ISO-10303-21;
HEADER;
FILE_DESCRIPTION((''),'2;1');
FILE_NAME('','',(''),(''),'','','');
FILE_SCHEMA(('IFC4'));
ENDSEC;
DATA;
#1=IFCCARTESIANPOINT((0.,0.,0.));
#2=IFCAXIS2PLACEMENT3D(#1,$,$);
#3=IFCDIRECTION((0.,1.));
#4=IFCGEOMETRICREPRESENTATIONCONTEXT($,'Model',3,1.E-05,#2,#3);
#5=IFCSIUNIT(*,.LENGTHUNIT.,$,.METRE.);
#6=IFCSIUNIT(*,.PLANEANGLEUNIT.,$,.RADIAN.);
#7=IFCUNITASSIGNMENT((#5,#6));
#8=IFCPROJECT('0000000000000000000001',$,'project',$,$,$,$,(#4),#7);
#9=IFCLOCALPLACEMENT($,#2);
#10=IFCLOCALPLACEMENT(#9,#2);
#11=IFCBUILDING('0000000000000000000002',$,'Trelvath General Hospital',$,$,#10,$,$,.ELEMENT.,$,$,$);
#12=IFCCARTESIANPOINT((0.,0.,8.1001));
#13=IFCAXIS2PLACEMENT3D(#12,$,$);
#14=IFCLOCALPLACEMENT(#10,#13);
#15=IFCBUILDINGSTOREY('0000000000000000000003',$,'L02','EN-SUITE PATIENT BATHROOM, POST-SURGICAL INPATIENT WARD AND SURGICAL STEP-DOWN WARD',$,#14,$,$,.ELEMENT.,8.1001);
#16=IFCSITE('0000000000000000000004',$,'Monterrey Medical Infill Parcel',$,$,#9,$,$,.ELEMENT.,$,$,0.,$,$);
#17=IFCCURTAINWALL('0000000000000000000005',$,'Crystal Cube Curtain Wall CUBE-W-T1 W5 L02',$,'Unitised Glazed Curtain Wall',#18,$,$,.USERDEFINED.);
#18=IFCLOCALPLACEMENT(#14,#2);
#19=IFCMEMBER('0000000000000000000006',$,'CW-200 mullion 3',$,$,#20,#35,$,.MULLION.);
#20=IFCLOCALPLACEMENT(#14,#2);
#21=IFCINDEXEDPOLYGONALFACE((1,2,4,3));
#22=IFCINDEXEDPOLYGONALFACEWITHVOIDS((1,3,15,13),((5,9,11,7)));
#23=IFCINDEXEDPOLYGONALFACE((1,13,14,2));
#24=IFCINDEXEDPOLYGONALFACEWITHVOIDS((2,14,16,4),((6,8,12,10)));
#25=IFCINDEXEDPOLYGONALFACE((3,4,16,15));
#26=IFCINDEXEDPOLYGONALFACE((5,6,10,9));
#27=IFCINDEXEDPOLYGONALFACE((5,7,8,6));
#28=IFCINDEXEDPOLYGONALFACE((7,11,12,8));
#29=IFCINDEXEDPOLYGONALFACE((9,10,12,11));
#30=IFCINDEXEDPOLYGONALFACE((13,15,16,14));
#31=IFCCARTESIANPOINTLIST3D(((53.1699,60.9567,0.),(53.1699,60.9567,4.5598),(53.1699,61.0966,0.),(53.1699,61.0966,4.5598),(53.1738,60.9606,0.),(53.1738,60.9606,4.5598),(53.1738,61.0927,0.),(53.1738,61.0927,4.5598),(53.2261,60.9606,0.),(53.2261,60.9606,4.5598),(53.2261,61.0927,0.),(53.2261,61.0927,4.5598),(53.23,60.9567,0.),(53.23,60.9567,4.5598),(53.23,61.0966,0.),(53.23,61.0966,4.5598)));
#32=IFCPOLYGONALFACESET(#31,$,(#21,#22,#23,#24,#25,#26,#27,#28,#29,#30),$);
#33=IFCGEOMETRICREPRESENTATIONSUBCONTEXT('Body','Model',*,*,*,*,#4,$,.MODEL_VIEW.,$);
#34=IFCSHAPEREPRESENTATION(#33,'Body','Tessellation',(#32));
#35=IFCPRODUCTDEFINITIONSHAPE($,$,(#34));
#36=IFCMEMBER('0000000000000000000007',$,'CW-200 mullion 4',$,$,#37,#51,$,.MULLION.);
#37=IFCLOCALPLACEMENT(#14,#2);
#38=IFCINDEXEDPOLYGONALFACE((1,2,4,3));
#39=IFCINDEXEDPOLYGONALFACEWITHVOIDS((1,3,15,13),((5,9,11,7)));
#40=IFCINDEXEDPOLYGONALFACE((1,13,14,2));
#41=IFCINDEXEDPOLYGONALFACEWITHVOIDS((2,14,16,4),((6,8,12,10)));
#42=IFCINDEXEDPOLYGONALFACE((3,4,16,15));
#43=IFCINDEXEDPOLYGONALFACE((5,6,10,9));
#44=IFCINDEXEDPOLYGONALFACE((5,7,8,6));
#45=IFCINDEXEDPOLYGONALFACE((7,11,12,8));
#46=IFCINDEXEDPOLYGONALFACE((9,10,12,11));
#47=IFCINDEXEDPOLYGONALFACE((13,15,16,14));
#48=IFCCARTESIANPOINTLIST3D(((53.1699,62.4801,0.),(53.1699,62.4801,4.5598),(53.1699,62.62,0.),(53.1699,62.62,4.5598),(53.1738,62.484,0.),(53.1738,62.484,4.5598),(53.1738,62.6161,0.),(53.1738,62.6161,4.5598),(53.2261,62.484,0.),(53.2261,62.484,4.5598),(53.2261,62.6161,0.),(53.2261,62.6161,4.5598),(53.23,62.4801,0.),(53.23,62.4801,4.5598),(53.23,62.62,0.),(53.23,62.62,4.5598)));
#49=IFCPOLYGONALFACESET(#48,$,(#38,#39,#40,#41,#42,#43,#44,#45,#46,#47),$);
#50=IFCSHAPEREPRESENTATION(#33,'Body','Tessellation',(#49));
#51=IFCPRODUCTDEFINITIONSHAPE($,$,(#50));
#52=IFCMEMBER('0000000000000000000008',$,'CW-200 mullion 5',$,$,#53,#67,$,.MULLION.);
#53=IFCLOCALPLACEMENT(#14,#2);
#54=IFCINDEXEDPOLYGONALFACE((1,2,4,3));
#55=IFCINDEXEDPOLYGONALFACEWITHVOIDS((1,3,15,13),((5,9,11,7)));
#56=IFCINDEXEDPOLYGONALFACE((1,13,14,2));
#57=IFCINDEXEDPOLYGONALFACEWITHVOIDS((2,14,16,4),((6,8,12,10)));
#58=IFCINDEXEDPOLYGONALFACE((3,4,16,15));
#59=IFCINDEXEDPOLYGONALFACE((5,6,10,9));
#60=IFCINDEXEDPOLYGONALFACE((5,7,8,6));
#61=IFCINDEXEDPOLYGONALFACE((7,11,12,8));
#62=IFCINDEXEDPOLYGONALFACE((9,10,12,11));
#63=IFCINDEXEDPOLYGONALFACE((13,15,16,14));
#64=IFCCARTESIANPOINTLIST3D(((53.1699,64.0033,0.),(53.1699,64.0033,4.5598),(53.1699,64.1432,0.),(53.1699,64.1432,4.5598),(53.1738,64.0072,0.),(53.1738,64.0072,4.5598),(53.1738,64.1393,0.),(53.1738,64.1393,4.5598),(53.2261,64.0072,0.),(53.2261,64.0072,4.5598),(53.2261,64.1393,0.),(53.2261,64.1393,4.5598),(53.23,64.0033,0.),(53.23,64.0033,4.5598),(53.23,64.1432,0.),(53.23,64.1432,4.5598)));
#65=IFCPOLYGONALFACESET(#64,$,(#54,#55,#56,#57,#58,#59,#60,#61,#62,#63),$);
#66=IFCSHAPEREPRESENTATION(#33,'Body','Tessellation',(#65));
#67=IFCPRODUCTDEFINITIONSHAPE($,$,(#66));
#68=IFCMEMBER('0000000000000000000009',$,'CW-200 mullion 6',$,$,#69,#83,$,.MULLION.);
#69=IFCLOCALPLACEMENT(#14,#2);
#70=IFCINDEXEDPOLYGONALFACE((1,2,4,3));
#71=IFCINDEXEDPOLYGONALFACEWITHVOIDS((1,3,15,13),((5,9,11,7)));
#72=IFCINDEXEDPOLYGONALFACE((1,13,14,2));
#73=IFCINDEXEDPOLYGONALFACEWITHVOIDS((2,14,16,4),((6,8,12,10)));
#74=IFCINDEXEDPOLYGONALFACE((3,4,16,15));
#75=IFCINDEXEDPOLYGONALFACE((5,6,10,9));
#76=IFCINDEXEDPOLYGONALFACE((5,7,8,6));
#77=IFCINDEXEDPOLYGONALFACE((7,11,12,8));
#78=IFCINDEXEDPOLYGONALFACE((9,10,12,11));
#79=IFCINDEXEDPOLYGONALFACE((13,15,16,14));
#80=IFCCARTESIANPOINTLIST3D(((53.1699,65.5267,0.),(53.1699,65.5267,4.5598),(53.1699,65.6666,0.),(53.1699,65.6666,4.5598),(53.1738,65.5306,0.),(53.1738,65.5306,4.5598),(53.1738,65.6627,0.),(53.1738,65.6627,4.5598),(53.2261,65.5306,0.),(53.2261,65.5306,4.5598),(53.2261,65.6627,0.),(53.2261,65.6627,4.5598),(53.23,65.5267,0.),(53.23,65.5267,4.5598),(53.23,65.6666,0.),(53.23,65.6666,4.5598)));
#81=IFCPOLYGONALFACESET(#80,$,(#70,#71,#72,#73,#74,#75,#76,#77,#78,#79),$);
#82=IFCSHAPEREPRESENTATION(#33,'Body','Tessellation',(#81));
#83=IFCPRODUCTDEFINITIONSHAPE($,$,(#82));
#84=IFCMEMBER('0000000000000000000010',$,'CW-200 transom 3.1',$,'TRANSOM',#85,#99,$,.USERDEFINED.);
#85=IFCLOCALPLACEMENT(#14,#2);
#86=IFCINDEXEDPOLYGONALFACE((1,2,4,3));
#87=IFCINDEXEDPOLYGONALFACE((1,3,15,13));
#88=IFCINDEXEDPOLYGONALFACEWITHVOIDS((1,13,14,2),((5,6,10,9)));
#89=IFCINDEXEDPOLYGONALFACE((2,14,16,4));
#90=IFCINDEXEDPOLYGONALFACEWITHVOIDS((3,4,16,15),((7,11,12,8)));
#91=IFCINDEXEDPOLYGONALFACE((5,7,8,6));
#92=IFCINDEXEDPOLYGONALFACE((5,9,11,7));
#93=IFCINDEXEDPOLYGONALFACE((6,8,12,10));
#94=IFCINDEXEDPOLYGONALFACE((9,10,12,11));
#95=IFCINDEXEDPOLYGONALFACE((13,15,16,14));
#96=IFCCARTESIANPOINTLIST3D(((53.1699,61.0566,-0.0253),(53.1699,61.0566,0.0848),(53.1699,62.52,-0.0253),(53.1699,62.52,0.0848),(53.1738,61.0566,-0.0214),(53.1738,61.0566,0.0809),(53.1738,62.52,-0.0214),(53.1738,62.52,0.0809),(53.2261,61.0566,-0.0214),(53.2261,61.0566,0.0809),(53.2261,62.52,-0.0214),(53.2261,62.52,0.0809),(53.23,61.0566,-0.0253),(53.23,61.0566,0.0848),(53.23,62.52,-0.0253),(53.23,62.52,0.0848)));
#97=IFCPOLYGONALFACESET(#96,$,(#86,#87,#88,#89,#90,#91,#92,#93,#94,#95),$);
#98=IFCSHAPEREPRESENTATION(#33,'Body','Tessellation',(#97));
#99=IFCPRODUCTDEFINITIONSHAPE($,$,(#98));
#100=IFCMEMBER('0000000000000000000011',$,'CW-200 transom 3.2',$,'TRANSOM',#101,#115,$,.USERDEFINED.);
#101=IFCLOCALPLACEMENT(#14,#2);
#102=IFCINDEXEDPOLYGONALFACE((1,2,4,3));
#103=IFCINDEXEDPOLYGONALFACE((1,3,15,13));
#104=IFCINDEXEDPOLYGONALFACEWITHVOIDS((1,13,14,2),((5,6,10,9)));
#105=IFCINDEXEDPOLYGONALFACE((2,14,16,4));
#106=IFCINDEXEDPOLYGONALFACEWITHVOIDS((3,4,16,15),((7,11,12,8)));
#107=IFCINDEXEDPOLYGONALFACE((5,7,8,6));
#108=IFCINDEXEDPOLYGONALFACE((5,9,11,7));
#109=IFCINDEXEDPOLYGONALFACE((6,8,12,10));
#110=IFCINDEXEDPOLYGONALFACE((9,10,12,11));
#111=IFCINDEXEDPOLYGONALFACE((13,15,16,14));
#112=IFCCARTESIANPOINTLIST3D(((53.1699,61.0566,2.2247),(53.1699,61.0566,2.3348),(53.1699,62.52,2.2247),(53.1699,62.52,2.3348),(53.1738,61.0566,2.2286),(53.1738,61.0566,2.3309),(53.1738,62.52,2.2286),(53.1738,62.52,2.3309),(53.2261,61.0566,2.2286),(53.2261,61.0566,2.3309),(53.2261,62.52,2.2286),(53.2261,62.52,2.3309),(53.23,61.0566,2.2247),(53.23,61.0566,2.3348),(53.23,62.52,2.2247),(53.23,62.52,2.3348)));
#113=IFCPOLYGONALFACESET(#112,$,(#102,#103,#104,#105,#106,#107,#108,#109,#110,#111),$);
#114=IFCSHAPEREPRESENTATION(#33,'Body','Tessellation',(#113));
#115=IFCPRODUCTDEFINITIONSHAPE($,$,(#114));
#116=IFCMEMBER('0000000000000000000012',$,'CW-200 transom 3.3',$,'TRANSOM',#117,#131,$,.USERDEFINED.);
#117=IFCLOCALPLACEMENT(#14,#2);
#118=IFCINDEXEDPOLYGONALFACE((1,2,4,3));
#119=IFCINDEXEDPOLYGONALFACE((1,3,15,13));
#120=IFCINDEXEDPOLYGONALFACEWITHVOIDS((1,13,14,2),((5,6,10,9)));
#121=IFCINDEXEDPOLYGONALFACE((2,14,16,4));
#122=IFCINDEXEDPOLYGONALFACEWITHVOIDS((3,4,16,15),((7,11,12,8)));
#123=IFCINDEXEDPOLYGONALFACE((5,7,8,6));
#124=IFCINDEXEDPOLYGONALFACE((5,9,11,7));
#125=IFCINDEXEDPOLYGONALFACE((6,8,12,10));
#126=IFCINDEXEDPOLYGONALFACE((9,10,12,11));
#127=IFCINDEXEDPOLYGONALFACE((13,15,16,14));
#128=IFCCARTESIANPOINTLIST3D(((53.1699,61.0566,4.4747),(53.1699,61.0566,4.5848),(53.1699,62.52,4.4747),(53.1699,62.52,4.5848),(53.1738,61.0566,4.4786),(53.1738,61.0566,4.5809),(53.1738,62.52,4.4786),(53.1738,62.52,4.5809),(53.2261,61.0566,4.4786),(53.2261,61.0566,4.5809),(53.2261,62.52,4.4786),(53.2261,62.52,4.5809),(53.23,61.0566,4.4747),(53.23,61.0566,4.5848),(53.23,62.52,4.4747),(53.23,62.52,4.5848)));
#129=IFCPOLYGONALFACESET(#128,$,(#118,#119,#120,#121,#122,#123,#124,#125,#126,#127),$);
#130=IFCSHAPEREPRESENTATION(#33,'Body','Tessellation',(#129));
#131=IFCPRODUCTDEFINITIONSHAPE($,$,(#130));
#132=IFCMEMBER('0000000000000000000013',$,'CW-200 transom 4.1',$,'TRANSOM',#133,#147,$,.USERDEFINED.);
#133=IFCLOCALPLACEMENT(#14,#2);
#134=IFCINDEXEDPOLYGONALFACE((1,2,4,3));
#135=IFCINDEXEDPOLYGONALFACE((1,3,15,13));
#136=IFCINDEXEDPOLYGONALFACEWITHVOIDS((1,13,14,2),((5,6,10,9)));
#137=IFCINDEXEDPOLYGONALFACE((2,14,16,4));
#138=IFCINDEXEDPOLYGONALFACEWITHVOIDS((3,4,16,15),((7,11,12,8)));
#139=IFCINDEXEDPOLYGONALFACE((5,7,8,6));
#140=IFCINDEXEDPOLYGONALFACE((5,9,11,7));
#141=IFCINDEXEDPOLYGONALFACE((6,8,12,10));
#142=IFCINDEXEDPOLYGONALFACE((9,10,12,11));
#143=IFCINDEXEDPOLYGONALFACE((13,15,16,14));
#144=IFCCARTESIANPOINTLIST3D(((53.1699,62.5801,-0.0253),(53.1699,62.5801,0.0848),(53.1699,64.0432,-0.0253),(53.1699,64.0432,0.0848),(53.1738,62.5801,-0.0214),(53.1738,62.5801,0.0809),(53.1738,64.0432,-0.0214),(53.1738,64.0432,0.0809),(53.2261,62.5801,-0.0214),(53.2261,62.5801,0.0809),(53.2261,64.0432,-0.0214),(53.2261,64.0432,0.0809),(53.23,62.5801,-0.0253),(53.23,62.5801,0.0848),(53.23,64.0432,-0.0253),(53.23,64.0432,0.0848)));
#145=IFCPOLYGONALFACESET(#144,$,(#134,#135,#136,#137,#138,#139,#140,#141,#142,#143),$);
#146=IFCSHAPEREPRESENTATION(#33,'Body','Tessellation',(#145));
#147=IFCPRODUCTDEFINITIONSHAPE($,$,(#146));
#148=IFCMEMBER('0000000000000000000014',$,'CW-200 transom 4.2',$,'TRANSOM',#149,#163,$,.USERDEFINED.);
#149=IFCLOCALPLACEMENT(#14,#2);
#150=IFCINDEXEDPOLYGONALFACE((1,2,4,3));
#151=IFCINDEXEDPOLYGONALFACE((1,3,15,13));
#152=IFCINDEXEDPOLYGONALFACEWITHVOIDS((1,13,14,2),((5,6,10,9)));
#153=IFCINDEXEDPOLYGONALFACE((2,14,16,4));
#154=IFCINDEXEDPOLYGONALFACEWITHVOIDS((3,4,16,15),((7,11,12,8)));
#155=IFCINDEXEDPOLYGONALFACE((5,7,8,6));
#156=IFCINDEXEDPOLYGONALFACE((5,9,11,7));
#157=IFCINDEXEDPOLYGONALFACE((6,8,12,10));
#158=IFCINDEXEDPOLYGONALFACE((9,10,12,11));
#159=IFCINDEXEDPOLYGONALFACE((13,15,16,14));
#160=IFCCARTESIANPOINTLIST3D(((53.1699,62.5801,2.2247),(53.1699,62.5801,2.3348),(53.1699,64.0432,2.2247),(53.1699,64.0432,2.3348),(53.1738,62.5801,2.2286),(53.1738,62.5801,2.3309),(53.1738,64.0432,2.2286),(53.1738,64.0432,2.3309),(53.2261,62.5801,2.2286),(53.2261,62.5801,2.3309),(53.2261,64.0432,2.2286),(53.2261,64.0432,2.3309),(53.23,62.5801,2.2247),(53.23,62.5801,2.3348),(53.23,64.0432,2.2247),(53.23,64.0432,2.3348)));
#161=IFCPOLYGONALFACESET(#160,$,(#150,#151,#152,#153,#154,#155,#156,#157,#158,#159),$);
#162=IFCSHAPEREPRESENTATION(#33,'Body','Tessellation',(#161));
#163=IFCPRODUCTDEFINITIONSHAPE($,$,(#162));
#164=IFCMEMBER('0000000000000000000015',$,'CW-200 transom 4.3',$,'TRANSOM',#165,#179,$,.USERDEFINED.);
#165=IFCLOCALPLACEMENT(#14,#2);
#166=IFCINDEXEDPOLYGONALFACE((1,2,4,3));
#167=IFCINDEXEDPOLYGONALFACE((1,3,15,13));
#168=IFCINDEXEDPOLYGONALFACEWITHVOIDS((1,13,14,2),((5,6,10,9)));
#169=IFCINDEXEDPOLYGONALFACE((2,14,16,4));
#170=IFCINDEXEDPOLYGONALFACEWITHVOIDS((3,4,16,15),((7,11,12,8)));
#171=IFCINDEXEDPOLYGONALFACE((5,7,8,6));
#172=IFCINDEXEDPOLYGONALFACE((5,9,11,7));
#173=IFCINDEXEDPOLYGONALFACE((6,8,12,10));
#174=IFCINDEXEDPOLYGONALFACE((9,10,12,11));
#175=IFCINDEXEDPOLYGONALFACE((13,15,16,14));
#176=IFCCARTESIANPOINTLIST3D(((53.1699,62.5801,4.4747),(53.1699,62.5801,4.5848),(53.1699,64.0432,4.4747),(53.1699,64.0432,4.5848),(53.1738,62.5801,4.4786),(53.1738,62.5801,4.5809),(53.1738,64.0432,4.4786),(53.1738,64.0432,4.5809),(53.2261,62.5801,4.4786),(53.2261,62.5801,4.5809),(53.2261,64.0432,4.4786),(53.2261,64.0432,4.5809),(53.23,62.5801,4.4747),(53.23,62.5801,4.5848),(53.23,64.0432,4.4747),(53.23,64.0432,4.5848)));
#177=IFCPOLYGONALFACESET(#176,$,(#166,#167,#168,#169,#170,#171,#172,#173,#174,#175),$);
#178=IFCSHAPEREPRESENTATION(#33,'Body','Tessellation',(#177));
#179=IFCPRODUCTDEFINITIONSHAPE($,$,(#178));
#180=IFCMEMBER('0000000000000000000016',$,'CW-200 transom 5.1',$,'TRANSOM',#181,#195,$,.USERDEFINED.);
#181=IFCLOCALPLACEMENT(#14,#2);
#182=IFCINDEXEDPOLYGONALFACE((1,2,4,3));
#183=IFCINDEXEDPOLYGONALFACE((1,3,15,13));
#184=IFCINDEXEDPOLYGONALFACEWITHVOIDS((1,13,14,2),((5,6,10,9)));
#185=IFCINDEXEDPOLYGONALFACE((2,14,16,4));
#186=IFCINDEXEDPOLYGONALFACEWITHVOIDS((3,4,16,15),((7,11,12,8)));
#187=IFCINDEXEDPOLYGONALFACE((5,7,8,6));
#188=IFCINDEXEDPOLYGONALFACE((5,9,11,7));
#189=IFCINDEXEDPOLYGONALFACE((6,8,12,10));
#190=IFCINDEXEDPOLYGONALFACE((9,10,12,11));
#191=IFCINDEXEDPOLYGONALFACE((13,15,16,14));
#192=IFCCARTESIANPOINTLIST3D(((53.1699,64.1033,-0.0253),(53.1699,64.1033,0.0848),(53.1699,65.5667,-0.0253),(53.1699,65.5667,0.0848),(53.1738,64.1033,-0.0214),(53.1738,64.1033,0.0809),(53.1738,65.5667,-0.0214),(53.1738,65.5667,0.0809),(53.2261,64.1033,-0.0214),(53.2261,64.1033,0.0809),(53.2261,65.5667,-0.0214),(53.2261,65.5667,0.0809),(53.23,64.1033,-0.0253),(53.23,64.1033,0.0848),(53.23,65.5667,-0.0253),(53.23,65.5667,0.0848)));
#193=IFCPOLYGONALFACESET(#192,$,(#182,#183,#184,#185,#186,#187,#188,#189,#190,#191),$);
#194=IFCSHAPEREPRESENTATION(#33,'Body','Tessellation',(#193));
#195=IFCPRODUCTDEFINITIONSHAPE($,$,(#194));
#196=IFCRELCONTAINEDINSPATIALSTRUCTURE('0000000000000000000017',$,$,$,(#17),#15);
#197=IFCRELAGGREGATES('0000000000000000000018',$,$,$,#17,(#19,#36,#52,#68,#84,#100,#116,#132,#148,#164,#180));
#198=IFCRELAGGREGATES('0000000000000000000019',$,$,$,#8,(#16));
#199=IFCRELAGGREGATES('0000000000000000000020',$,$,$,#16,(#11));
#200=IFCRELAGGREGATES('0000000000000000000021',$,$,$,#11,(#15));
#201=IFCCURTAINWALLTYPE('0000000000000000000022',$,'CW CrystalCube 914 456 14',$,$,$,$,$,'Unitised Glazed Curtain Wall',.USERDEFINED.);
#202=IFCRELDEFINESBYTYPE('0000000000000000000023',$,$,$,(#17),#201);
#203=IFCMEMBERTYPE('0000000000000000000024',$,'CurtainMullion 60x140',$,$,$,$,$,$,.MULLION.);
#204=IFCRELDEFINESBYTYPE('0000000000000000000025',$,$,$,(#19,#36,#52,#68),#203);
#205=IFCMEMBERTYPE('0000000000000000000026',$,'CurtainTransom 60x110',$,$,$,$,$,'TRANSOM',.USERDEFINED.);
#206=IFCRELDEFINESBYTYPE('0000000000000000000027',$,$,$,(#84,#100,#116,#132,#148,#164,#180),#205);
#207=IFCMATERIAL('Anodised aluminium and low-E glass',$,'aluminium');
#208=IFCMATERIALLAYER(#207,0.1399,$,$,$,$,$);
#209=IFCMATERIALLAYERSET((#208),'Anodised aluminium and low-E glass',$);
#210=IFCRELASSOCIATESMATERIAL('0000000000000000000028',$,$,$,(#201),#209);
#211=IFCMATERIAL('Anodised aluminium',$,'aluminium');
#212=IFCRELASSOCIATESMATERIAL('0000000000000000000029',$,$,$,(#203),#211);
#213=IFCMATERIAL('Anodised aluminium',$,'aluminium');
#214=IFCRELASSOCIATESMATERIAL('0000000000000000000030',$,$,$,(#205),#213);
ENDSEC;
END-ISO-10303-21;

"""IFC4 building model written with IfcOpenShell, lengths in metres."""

from ifc_helpers import new_model, si_unit, direction, frame, origin, origin_2d, place, context, subcontext, project, spatial, hollow_rectangle, extrude, material, layer, layer_set, material_profile, profile_set, type_object, element, aggregate, save


model = new_model("IFC4")

# Units and contexts
model_context = context("Model", 3, precision=1e-05, world=origin(), true_north=direction((0.0, 1.0)))
body_context = subcontext(model_context, "Body", "Model", "MODEL_VIEW")
ifc_project = project(units=[si_unit("LENGTHUNIT", "METRE"), si_unit("PLANEANGLEUNIT", "RADIAN")], contexts=[model_context])

# Site, building, storey
site_placement = place(None, origin())
site = spatial("IfcSite", under=ifc_project, at=site_placement, Name="Monterrey Medical Infill Parcel", CompositionType="ELEMENT", RefElevation=0.0)
building_placement = place(site_placement, origin())
building = spatial("IfcBuilding", under=site, at=building_placement, Name="Trelvath General Hospital", CompositionType="ELEMENT")
storey_placement = place(building_placement, frame((0.0, 0.0, 8.1001)))
storey = spatial("IfcBuildingStorey", under=building, at=storey_placement, Name="L02", Description="EN-SUITE PATIENT BATHROOM, POST-SURGICAL INPATIENT WARD AND SURGICAL STEP-DOWN WARD", CompositionType="ELEMENT", Elevation=8.1001)

# Curtain wall, members
ifc_material_1 = material(Name="Anodised aluminium and low-E glass", Category="aluminium")
ifc_layer_1 = layer(ifc_material_1, 0.1399)
ifc_layer_set_1 = layer_set([ifc_layer_1], Name="Anodised aluminium and low-E glass")
curtain_wall_type = type_object("IfcCurtainWallType", Name="CW CrystalCube 914 456 14", ElementType="Unitised Glazed Curtain Wall", PredefinedType="USERDEFINED", material=ifc_layer_set_1)
curtain_wall_placement = place(storey_placement, origin())
curtain_wall = element("IfcCurtainWall", 1, at=curtain_wall_placement, inside=storey, type_object=curtain_wall_type, Name="Crystal Cube Curtain Wall CUBE-W-T1 W5 L02", ObjectType="Unitised Glazed Curtain Wall", PredefinedType="USERDEFINED")
ifc_material_2 = material(Name="Anodised aluminium", Category="aluminium")
ifc_material_profile_1 = material_profile(ifc_material_2, hollow_rectangle(XDim=0.0601, YDim=0.1399, WallThickness=0.0039, at=origin_2d()), Name="RHS60x140x4")
ifc_profile_set_1 = profile_set([ifc_material_profile_1], Name="Anodised aluminium")
member_type_1 = type_object("IfcMemberType", Name="CurtainMullion 60x140", PredefinedType="MULLION", material=ifc_profile_set_1)
member_1_placement = place(storey_placement, frame((53.2, 61.0266, 0.0), z_axis=(0.0, 0.0, 1.0), x_axis=(-1.0, 0.0, 0.0)))
member_1 = element("IfcMember", 2, at=member_1_placement, type_object=member_type_1, Name="CW-200 mullion 3", PredefinedType="MULLION", context=body_context, shape_type="SweptSolid", body=[
    extrude(hollow_rectangle(XDim=0.0601, YDim=0.1399, WallThickness=0.0039, at=origin_2d()), origin(), (0.0, 0.0, 1.0), 4.5598),
])
member_2_placement = place(storey_placement, frame((53.2, 62.55, 0.0), z_axis=(0.0, 0.0, 1.0), x_axis=(-1.0, 0.0, 0.0)))
member_2 = element("IfcMember", 3, at=member_2_placement, type_object=member_type_1, Name="CW-200 mullion 4", PredefinedType="MULLION", context=body_context, shape_type="SweptSolid", body=[
    extrude(hollow_rectangle(XDim=0.0601, YDim=0.1399, WallThickness=0.0039, at=origin_2d()), origin(), (0.0, 0.0, 1.0), 4.5598),
])
member_3_placement = place(storey_placement, frame((53.2, 64.0732, 0.0), z_axis=(0.0, 0.0, 1.0), x_axis=(-1.0, 0.0, 0.0)))
member_3 = element("IfcMember", 4, at=member_3_placement, type_object=member_type_1, Name="CW-200 mullion 5", PredefinedType="MULLION", context=body_context, shape_type="SweptSolid", body=[
    extrude(hollow_rectangle(XDim=0.0601, YDim=0.1399, WallThickness=0.0039, at=origin_2d()), origin(), (0.0, 0.0, 1.0), 4.5598),
])
member_4_placement = place(storey_placement, frame((53.2, 65.5967, 0.0), z_axis=(0.0, 0.0, 1.0), x_axis=(-1.0, 0.0, 0.0)))
member_4 = element("IfcMember", 5, at=member_4_placement, type_object=member_type_1, Name="CW-200 mullion 6", PredefinedType="MULLION", context=body_context, shape_type="SweptSolid", body=[
    extrude(hollow_rectangle(XDim=0.0601, YDim=0.1399, WallThickness=0.0039, at=origin_2d()), origin(), (0.0, 0.0, 1.0), 4.5598),
])
ifc_material_3 = material(Name="Anodised aluminium", Category="aluminium")
ifc_material_profile_2 = material_profile(ifc_material_3, hollow_rectangle(XDim=0.0601, YDim=0.1101, WallThickness=0.0039, at=origin_2d()), Name="RHS60x110x4")
ifc_profile_set_2 = profile_set([ifc_material_profile_2], Name="Anodised aluminium")
member_type_2 = type_object("IfcMemberType", Name="CurtainTransom 60x110", ElementType="TRANSOM", PredefinedType="USERDEFINED", material=ifc_profile_set_2)
member_5_placement = place(storey_placement, frame((53.2, 61.0566, 0.0298), z_axis=(0.0, 1.0, 0.0), x_axis=(-1.0, 0.0, 0.0)))
member_5 = element("IfcMember", 6, at=member_5_placement, type_object=member_type_2, Name="CW-200 transom 3.1", ObjectType="TRANSOM", PredefinedType="USERDEFINED", context=body_context, shape_type="SweptSolid", body=[
    extrude(hollow_rectangle(XDim=0.0601, YDim=0.1101, WallThickness=0.0039, at=origin_2d()), origin(), (0.0, 0.0, 1.0), 1.4634),
])
member_6_placement = place(storey_placement, frame((53.2, 61.0566, 2.2798), z_axis=(0.0, 1.0, 0.0), x_axis=(-1.0, 0.0, 0.0)))
member_6 = element("IfcMember", 7, at=member_6_placement, type_object=member_type_2, Name="CW-200 transom 3.2", ObjectType="TRANSOM", PredefinedType="USERDEFINED", context=body_context, shape_type="SweptSolid", body=[
    extrude(hollow_rectangle(XDim=0.0601, YDim=0.1101, WallThickness=0.0039, at=origin_2d()), origin(), (0.0, 0.0, 1.0), 1.4634),
])
member_7_placement = place(storey_placement, frame((53.2, 61.0566, 4.5298), z_axis=(0.0, 1.0, 0.0), x_axis=(-1.0, 0.0, 0.0)))
member_7 = element("IfcMember", 8, at=member_7_placement, type_object=member_type_2, Name="CW-200 transom 3.3", ObjectType="TRANSOM", PredefinedType="USERDEFINED", context=body_context, shape_type="SweptSolid", body=[
    extrude(hollow_rectangle(XDim=0.0601, YDim=0.1101, WallThickness=0.0039, at=origin_2d()), origin(), (0.0, 0.0, 1.0), 1.4634),
])
member_8_placement = place(storey_placement, frame((53.2, 62.5801, 0.0298), z_axis=(0.0, 1.0, 0.0), x_axis=(-1.0, 0.0, 0.0)))
member_8 = element("IfcMember", 9, at=member_8_placement, type_object=member_type_2, Name="CW-200 transom 4.1", ObjectType="TRANSOM", PredefinedType="USERDEFINED", context=body_context, shape_type="SweptSolid", body=[
    extrude(hollow_rectangle(XDim=0.0601, YDim=0.1101, WallThickness=0.0039, at=origin_2d()), origin(), (0.0, 0.0, 1.0), 1.4631),
])
member_9_placement = place(storey_placement, frame((53.2, 62.5801, 2.2798), z_axis=(0.0, 1.0, 0.0), x_axis=(-1.0, 0.0, 0.0)))
member_9 = element("IfcMember", 10, at=member_9_placement, type_object=member_type_2, Name="CW-200 transom 4.2", ObjectType="TRANSOM", PredefinedType="USERDEFINED", context=body_context, shape_type="SweptSolid", body=[
    extrude(hollow_rectangle(XDim=0.0601, YDim=0.1101, WallThickness=0.0039, at=origin_2d()), origin(), (0.0, 0.0, 1.0), 1.4631),
])
member_10_placement = place(storey_placement, frame((53.2, 62.5801, 4.5298), z_axis=(0.0, 1.0, 0.0), x_axis=(-1.0, 0.0, 0.0)))
member_10 = element("IfcMember", 11, at=member_10_placement, type_object=member_type_2, Name="CW-200 transom 4.3", ObjectType="TRANSOM", PredefinedType="USERDEFINED", context=body_context, shape_type="SweptSolid", body=[
    extrude(hollow_rectangle(XDim=0.0601, YDim=0.1101, WallThickness=0.0039, at=origin_2d()), origin(), (0.0, 0.0, 1.0), 1.4631),
])
member_11_placement = place(storey_placement, frame((53.2, 64.1033, 0.0298), z_axis=(0.0, 1.0, 0.0), x_axis=(-1.0, 0.0, 0.0)))
member_11 = element("IfcMember", 12, at=member_11_placement, type_object=member_type_2, Name="CW-200 transom 5.1", ObjectType="TRANSOM", PredefinedType="USERDEFINED", context=body_context, shape_type="SweptSolid", body=[
    extrude(hollow_rectangle(XDim=0.0601, YDim=0.1101, WallThickness=0.0039, at=origin_2d()), origin(), (0.0, 0.0, 1.0), 1.4634),
])
aggregate(curtain_wall, [member_1, member_2, member_3, member_4, member_5, member_6, member_7, member_8, member_9, member_10, member_11])

save(model, "model.ifc")
